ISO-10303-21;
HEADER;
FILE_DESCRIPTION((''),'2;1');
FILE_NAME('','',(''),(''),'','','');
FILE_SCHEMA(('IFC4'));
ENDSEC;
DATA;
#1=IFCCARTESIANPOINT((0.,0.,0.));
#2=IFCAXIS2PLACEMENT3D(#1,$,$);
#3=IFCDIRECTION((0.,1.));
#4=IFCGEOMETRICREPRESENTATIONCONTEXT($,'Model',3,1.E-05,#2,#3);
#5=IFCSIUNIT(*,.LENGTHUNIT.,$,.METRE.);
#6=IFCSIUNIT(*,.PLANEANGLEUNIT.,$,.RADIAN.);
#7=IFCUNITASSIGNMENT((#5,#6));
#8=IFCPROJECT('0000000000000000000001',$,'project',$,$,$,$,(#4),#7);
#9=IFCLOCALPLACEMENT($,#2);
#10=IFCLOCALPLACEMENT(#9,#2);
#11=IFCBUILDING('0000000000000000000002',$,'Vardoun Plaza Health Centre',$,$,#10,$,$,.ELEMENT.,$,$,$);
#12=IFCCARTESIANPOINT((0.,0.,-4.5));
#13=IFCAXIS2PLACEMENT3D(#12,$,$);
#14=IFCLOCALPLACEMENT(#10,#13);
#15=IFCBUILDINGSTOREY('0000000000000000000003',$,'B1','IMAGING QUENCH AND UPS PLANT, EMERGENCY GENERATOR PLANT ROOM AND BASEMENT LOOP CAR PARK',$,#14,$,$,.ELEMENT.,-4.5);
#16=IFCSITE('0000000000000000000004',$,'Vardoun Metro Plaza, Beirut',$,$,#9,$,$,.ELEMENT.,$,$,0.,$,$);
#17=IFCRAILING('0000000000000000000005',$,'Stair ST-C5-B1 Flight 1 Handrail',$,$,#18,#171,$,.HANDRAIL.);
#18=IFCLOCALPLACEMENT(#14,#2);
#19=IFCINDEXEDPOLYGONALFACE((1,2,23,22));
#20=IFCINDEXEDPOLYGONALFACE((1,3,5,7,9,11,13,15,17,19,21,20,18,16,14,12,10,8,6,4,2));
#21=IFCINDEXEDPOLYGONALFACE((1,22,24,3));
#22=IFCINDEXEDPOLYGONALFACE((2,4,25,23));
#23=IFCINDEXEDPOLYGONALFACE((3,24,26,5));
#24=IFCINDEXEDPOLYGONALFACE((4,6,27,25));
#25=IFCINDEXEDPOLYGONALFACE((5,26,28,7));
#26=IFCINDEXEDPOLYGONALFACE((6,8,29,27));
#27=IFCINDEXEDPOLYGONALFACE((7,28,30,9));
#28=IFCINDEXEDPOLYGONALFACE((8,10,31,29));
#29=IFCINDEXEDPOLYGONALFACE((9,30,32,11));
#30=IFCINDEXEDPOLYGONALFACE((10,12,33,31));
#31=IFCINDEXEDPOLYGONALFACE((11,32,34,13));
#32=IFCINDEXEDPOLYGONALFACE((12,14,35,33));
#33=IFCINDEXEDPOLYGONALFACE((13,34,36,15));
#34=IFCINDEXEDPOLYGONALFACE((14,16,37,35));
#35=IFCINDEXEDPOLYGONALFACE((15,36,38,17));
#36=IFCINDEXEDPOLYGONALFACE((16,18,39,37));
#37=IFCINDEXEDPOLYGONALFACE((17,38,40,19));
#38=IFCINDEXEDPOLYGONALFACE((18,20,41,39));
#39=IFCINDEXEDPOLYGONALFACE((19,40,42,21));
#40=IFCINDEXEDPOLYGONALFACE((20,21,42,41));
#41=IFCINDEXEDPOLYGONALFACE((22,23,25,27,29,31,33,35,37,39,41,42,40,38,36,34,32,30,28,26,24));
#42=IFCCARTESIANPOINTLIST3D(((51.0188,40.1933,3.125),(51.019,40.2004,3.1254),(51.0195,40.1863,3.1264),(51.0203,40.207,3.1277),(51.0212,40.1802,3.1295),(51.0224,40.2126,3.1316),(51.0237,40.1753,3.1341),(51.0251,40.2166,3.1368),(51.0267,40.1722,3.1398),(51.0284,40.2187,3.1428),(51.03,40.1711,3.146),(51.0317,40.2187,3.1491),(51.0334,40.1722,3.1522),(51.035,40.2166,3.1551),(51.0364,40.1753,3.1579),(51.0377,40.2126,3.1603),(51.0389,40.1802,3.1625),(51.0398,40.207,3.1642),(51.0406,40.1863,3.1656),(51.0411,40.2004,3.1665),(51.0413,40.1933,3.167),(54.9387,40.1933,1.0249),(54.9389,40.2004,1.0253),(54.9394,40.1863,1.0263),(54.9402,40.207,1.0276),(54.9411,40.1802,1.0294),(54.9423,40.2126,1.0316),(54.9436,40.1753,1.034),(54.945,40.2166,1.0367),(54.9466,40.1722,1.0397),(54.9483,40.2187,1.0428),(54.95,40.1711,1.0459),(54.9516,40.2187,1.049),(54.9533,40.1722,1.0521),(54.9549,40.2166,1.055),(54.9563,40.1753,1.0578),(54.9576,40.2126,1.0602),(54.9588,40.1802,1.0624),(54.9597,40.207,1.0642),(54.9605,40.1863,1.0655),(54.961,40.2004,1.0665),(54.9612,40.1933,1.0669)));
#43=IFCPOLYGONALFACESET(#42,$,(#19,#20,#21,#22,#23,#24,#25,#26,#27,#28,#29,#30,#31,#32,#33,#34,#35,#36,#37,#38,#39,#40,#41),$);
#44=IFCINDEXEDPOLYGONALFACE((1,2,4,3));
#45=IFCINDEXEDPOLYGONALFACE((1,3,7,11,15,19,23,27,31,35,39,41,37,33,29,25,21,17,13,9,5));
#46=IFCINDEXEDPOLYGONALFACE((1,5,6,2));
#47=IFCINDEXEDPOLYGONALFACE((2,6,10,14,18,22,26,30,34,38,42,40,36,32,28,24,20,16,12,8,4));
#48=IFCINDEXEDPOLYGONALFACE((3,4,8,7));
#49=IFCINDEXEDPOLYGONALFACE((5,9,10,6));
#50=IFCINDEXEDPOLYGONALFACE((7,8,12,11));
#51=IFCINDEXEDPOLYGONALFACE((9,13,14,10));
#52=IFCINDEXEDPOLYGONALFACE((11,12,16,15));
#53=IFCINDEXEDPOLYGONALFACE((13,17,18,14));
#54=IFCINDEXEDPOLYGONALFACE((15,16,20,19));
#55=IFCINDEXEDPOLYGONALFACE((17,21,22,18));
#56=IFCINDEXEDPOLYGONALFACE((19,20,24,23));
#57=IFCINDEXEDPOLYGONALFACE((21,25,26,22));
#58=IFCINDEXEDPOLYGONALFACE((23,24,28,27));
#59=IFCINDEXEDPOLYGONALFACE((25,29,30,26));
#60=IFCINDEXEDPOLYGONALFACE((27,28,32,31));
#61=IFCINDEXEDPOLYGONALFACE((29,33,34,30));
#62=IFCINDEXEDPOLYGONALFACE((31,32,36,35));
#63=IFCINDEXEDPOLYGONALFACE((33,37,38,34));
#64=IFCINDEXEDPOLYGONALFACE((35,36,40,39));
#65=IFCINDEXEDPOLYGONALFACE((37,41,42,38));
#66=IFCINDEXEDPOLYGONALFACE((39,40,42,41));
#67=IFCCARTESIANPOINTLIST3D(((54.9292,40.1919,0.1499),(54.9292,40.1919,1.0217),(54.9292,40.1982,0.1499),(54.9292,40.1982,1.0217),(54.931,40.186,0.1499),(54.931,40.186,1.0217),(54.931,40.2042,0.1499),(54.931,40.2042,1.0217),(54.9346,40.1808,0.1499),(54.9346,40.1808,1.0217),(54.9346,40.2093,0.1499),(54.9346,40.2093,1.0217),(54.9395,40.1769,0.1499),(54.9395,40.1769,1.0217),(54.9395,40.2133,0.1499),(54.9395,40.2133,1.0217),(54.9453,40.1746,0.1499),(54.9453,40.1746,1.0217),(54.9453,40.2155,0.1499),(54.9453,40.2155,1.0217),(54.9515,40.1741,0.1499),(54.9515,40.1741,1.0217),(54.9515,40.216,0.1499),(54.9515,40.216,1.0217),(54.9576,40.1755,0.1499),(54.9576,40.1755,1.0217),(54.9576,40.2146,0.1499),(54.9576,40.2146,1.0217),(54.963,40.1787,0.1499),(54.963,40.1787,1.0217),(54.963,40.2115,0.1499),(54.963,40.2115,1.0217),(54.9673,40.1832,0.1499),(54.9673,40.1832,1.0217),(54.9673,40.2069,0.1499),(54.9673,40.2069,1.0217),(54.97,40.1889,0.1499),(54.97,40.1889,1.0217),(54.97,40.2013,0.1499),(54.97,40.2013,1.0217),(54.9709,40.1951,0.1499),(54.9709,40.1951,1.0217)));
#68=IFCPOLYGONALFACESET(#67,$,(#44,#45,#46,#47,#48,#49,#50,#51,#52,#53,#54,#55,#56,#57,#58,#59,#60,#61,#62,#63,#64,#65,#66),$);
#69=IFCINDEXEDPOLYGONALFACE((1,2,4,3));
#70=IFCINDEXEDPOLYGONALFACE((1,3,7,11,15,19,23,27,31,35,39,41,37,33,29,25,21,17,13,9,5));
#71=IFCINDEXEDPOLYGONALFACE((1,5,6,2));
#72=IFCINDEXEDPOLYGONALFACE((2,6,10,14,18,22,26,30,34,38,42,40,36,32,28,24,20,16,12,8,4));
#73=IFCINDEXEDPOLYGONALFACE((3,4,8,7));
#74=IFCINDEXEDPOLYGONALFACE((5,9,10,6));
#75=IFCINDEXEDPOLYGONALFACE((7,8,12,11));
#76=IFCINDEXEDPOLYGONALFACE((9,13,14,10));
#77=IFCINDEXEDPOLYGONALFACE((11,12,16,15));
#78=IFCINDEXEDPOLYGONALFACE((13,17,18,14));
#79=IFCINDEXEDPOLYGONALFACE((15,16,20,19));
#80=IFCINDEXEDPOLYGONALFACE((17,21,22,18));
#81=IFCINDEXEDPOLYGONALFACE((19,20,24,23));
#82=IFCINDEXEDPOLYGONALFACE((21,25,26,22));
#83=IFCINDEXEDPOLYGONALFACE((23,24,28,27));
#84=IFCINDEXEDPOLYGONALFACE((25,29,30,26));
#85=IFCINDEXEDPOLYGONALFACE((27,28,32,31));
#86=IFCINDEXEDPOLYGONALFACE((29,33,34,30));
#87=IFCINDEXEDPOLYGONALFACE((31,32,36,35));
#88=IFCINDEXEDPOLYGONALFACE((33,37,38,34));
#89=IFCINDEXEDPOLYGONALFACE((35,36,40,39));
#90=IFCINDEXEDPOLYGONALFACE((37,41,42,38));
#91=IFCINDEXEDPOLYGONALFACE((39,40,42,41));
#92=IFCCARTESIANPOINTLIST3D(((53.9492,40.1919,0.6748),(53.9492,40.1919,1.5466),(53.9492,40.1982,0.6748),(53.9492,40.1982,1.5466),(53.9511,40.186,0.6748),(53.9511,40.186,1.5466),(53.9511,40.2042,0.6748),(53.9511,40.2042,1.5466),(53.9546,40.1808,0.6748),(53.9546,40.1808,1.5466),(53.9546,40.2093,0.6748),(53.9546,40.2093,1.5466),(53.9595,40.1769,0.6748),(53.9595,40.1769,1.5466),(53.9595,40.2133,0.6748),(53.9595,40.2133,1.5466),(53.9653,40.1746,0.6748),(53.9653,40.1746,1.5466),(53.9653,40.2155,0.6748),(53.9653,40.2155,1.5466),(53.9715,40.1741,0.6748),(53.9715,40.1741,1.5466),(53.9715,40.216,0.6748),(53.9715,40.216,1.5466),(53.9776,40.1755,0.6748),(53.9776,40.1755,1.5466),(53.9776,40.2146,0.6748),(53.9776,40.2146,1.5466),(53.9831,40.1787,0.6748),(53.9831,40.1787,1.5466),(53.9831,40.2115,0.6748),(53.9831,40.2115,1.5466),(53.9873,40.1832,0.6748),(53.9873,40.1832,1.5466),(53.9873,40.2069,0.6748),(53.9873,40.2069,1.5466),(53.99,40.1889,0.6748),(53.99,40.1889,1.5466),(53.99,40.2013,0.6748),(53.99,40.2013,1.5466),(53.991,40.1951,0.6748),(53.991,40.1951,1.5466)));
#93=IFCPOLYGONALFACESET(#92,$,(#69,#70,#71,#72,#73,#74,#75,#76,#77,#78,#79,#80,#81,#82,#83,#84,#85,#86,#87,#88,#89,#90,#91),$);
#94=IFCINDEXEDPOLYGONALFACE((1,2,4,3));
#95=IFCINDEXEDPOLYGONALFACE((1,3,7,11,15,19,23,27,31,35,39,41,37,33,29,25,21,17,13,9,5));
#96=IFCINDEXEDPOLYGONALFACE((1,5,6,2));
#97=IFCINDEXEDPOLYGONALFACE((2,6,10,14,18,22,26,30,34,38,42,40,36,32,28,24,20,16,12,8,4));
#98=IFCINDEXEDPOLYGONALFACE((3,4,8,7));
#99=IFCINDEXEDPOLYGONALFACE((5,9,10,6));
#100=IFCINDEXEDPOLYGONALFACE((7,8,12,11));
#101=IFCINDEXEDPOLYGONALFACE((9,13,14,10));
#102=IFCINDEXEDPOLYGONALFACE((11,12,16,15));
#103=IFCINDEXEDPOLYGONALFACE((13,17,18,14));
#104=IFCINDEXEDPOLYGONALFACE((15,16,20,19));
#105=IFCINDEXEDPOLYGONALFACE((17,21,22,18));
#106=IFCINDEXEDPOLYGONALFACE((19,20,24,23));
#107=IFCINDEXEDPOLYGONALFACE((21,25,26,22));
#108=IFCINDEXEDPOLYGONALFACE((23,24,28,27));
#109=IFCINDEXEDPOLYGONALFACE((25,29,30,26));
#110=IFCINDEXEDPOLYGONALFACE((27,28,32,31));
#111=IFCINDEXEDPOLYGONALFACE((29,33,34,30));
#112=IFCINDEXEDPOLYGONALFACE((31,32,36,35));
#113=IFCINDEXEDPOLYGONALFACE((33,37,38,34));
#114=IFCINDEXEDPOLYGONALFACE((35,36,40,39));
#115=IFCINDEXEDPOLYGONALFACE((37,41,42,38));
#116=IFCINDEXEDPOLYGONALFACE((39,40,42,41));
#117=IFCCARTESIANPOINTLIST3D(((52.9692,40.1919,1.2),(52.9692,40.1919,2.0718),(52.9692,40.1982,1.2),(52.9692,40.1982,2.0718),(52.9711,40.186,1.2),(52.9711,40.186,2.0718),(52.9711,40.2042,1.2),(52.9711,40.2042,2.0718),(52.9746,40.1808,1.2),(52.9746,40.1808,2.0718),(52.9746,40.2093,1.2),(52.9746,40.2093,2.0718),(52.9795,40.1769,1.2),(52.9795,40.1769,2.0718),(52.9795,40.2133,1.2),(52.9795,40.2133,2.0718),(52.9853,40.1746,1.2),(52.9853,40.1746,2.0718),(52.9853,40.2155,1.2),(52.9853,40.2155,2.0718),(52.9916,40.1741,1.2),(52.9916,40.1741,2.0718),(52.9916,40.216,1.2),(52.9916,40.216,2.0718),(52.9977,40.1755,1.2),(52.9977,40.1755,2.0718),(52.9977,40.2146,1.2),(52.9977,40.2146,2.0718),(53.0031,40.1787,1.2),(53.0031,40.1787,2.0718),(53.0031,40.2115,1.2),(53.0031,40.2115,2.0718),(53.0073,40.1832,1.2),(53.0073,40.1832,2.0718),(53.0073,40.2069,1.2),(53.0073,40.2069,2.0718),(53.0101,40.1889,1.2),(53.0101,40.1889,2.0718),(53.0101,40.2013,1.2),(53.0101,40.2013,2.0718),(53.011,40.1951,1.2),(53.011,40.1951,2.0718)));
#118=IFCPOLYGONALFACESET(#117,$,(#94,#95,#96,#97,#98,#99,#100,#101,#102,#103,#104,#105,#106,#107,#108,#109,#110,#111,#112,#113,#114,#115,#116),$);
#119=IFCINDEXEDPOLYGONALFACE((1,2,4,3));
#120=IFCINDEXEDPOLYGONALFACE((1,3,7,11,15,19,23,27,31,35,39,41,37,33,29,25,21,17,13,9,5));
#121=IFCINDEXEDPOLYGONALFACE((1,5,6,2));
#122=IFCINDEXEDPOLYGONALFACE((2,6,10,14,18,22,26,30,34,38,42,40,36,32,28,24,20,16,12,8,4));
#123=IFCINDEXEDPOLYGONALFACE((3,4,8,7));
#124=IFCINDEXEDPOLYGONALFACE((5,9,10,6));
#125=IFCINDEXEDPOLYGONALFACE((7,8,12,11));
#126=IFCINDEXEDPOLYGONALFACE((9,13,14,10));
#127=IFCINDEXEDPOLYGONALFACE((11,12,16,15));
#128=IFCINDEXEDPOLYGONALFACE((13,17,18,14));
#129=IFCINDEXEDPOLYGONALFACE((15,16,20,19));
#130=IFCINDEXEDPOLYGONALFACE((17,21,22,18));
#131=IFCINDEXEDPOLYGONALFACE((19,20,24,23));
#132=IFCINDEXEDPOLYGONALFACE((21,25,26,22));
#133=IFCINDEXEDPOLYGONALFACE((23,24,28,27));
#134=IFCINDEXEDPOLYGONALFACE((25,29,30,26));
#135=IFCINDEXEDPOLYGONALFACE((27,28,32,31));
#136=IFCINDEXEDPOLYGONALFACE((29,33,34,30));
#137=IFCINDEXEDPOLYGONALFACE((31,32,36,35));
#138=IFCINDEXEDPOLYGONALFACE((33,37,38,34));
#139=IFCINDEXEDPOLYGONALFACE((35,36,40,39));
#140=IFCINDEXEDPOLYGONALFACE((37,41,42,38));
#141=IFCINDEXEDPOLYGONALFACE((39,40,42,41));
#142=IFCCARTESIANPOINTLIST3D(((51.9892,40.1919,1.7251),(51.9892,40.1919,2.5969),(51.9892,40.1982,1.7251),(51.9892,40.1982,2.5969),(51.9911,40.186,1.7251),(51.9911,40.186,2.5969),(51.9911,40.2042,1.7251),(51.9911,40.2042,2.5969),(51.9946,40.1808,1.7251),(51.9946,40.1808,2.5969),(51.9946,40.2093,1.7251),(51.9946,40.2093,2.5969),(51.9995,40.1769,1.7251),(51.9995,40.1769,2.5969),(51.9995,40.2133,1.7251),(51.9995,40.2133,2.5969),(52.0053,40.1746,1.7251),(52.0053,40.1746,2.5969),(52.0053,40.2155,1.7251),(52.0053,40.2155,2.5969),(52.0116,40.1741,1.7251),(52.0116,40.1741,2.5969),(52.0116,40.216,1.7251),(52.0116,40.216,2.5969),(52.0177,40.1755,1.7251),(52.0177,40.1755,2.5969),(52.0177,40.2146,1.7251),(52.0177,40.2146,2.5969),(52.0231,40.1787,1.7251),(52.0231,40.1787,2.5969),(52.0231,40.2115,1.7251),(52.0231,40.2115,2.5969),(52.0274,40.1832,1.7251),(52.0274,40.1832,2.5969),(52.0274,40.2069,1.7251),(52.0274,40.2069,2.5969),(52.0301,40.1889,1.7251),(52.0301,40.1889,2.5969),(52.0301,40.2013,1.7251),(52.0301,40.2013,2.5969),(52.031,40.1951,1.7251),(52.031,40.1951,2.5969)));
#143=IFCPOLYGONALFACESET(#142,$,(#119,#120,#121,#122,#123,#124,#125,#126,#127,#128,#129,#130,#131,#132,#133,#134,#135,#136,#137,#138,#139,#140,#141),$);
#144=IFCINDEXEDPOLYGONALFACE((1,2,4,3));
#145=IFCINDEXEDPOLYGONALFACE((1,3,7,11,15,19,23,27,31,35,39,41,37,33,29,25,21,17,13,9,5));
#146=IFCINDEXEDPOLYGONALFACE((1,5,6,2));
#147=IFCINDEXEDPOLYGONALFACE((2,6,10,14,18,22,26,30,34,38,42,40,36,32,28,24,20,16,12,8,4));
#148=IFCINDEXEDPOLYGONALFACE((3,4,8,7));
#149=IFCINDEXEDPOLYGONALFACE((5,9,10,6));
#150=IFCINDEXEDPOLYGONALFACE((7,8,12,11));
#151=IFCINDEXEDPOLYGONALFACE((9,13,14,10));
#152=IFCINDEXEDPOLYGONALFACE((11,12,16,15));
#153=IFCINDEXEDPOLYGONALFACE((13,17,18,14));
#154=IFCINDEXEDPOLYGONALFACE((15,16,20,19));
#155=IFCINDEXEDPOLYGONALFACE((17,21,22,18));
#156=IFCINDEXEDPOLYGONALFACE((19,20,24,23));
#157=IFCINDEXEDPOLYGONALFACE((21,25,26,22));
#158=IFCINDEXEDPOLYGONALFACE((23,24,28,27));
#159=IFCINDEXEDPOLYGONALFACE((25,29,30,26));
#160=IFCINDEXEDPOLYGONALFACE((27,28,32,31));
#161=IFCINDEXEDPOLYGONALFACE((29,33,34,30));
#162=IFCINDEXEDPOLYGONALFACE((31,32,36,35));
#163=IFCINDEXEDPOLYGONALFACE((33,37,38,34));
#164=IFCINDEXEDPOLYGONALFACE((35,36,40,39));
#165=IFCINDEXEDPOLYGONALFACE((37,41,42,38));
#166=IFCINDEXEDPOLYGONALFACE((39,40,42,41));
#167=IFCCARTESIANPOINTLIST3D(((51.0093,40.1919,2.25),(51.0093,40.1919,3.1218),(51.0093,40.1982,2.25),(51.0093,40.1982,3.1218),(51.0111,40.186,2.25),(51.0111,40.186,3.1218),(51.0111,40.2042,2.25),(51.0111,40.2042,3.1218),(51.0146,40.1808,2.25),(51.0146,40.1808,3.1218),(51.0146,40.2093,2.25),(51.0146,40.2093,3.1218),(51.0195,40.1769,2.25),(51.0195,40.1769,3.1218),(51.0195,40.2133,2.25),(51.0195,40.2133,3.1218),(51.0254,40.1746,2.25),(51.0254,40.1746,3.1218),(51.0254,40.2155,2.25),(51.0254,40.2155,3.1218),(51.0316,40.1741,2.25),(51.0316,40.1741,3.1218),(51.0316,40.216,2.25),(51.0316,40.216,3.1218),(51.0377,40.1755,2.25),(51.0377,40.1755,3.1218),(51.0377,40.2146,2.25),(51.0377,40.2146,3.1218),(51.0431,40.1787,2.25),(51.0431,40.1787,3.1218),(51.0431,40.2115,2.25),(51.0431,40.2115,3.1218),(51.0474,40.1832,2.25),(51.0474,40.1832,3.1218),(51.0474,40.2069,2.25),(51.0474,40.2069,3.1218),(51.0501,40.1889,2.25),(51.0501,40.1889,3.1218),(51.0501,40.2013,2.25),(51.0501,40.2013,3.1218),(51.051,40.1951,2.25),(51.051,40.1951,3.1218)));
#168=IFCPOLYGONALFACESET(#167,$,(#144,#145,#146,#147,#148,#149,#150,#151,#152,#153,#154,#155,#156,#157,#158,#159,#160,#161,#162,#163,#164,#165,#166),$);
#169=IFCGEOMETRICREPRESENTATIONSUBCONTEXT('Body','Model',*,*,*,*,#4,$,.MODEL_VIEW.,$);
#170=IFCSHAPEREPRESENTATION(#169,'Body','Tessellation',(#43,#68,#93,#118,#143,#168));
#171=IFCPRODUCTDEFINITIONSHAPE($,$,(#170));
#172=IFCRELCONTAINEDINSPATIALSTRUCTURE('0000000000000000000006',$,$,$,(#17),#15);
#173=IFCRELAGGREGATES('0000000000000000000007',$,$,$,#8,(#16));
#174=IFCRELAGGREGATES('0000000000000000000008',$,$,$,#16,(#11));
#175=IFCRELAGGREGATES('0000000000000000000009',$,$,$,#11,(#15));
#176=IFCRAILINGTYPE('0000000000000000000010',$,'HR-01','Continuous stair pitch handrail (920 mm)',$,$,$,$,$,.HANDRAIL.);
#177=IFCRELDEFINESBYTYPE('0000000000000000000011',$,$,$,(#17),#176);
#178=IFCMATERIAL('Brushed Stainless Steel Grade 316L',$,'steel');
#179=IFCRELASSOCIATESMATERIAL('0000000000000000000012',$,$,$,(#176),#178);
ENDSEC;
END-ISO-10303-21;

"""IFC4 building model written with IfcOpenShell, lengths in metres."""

from ifc_helpers import new_model, si_unit, direction, frame, origin, origin_2d, place, context, subcontext, project, spatial, circle, extrude, material, type_object, element, save


model = new_model("IFC4")

# Units and contexts
model_context = context("Model", 3, precision=1e-05, world=origin(), true_north=direction((0.0, 1.0)))
body_context = subcontext(model_context, "Body", "Model", "MODEL_VIEW")
ifc_project = project(units=[si_unit("LENGTHUNIT", "METRE"), si_unit("PLANEANGLEUNIT", "RADIAN")], contexts=[model_context])

# Site, building, storey
site_placement = place(None, origin())
site = spatial("IfcSite", under=ifc_project, at=site_placement, Name="Vardoun Metro Plaza, Beirut", CompositionType="ELEMENT", RefElevation=0.0)
building_placement = place(site_placement, origin())
building = spatial("IfcBuilding", under=site, at=building_placement, Name="Vardoun Plaza Health Centre", CompositionType="ELEMENT")
storey_placement = place(building_placement, frame((0.0, 0.0, -4.5)))
storey = spatial("IfcBuildingStorey", under=building, at=storey_placement, Name="B1", Description="IMAGING QUENCH AND UPS PLANT, EMERGENCY GENERATOR PLANT ROOM AND BASEMENT LOOP CAR PARK", CompositionType="ELEMENT", Elevation=-4.5)

# Railing
ifc_material_1 = material(Name="Brushed Stainless Steel Grade 316L", Category="steel")
railing_type_1 = type_object("IfcRailingType", Name="HR-01", Description="Continuous stair pitch handrail (920 mm)", PredefinedType="HANDRAIL", material=ifc_material_1)
railing_1_placement = place(storey_placement, frame((54.95, 40.1951, 0.1499)))
element("IfcRailing", 1, at=railing_1_placement, inside=storey, type_object=railing_type_1, Name="Stair ST-C5-B1 Flight 1 Handrail", PredefinedType="HANDRAIL", context=body_context, shape_type="SweptSolid", body=[
    extrude(circle(Radius=0.0239, at=origin_2d()), frame((0.0, 0.0, 0.896), z_axis=(-0.881467, 0.0, 0.472246), x_axis=(0.0, -1.0, 0.0)), (0.0, 0.0, 1.0), 4.447),
    extrude(circle(Radius=0.021, at=origin_2d()), origin(), (0.0, 0.0, 1.0), 0.8718),
    extrude(circle(Radius=0.021, at=origin_2d()), frame((-0.98, 0.0, 0.5249)), (0.0, 0.0, 1.0), 0.8718),
    extrude(circle(Radius=0.021, at=origin_2d()), frame((-1.96, 0.0, 1.05)), (0.0, 0.0, 1.0), 0.8718),
    extrude(circle(Radius=0.021, at=origin_2d()), frame((-2.9399, 0.0, 1.5752)), (0.0, 0.0, 1.0), 0.8718),
    extrude(circle(Radius=0.021, at=origin_2d()), frame((-3.9199, 0.0, 2.1001)), (0.0, 0.0, 1.0), 0.8718),
])

save(model, "model.ifc")
